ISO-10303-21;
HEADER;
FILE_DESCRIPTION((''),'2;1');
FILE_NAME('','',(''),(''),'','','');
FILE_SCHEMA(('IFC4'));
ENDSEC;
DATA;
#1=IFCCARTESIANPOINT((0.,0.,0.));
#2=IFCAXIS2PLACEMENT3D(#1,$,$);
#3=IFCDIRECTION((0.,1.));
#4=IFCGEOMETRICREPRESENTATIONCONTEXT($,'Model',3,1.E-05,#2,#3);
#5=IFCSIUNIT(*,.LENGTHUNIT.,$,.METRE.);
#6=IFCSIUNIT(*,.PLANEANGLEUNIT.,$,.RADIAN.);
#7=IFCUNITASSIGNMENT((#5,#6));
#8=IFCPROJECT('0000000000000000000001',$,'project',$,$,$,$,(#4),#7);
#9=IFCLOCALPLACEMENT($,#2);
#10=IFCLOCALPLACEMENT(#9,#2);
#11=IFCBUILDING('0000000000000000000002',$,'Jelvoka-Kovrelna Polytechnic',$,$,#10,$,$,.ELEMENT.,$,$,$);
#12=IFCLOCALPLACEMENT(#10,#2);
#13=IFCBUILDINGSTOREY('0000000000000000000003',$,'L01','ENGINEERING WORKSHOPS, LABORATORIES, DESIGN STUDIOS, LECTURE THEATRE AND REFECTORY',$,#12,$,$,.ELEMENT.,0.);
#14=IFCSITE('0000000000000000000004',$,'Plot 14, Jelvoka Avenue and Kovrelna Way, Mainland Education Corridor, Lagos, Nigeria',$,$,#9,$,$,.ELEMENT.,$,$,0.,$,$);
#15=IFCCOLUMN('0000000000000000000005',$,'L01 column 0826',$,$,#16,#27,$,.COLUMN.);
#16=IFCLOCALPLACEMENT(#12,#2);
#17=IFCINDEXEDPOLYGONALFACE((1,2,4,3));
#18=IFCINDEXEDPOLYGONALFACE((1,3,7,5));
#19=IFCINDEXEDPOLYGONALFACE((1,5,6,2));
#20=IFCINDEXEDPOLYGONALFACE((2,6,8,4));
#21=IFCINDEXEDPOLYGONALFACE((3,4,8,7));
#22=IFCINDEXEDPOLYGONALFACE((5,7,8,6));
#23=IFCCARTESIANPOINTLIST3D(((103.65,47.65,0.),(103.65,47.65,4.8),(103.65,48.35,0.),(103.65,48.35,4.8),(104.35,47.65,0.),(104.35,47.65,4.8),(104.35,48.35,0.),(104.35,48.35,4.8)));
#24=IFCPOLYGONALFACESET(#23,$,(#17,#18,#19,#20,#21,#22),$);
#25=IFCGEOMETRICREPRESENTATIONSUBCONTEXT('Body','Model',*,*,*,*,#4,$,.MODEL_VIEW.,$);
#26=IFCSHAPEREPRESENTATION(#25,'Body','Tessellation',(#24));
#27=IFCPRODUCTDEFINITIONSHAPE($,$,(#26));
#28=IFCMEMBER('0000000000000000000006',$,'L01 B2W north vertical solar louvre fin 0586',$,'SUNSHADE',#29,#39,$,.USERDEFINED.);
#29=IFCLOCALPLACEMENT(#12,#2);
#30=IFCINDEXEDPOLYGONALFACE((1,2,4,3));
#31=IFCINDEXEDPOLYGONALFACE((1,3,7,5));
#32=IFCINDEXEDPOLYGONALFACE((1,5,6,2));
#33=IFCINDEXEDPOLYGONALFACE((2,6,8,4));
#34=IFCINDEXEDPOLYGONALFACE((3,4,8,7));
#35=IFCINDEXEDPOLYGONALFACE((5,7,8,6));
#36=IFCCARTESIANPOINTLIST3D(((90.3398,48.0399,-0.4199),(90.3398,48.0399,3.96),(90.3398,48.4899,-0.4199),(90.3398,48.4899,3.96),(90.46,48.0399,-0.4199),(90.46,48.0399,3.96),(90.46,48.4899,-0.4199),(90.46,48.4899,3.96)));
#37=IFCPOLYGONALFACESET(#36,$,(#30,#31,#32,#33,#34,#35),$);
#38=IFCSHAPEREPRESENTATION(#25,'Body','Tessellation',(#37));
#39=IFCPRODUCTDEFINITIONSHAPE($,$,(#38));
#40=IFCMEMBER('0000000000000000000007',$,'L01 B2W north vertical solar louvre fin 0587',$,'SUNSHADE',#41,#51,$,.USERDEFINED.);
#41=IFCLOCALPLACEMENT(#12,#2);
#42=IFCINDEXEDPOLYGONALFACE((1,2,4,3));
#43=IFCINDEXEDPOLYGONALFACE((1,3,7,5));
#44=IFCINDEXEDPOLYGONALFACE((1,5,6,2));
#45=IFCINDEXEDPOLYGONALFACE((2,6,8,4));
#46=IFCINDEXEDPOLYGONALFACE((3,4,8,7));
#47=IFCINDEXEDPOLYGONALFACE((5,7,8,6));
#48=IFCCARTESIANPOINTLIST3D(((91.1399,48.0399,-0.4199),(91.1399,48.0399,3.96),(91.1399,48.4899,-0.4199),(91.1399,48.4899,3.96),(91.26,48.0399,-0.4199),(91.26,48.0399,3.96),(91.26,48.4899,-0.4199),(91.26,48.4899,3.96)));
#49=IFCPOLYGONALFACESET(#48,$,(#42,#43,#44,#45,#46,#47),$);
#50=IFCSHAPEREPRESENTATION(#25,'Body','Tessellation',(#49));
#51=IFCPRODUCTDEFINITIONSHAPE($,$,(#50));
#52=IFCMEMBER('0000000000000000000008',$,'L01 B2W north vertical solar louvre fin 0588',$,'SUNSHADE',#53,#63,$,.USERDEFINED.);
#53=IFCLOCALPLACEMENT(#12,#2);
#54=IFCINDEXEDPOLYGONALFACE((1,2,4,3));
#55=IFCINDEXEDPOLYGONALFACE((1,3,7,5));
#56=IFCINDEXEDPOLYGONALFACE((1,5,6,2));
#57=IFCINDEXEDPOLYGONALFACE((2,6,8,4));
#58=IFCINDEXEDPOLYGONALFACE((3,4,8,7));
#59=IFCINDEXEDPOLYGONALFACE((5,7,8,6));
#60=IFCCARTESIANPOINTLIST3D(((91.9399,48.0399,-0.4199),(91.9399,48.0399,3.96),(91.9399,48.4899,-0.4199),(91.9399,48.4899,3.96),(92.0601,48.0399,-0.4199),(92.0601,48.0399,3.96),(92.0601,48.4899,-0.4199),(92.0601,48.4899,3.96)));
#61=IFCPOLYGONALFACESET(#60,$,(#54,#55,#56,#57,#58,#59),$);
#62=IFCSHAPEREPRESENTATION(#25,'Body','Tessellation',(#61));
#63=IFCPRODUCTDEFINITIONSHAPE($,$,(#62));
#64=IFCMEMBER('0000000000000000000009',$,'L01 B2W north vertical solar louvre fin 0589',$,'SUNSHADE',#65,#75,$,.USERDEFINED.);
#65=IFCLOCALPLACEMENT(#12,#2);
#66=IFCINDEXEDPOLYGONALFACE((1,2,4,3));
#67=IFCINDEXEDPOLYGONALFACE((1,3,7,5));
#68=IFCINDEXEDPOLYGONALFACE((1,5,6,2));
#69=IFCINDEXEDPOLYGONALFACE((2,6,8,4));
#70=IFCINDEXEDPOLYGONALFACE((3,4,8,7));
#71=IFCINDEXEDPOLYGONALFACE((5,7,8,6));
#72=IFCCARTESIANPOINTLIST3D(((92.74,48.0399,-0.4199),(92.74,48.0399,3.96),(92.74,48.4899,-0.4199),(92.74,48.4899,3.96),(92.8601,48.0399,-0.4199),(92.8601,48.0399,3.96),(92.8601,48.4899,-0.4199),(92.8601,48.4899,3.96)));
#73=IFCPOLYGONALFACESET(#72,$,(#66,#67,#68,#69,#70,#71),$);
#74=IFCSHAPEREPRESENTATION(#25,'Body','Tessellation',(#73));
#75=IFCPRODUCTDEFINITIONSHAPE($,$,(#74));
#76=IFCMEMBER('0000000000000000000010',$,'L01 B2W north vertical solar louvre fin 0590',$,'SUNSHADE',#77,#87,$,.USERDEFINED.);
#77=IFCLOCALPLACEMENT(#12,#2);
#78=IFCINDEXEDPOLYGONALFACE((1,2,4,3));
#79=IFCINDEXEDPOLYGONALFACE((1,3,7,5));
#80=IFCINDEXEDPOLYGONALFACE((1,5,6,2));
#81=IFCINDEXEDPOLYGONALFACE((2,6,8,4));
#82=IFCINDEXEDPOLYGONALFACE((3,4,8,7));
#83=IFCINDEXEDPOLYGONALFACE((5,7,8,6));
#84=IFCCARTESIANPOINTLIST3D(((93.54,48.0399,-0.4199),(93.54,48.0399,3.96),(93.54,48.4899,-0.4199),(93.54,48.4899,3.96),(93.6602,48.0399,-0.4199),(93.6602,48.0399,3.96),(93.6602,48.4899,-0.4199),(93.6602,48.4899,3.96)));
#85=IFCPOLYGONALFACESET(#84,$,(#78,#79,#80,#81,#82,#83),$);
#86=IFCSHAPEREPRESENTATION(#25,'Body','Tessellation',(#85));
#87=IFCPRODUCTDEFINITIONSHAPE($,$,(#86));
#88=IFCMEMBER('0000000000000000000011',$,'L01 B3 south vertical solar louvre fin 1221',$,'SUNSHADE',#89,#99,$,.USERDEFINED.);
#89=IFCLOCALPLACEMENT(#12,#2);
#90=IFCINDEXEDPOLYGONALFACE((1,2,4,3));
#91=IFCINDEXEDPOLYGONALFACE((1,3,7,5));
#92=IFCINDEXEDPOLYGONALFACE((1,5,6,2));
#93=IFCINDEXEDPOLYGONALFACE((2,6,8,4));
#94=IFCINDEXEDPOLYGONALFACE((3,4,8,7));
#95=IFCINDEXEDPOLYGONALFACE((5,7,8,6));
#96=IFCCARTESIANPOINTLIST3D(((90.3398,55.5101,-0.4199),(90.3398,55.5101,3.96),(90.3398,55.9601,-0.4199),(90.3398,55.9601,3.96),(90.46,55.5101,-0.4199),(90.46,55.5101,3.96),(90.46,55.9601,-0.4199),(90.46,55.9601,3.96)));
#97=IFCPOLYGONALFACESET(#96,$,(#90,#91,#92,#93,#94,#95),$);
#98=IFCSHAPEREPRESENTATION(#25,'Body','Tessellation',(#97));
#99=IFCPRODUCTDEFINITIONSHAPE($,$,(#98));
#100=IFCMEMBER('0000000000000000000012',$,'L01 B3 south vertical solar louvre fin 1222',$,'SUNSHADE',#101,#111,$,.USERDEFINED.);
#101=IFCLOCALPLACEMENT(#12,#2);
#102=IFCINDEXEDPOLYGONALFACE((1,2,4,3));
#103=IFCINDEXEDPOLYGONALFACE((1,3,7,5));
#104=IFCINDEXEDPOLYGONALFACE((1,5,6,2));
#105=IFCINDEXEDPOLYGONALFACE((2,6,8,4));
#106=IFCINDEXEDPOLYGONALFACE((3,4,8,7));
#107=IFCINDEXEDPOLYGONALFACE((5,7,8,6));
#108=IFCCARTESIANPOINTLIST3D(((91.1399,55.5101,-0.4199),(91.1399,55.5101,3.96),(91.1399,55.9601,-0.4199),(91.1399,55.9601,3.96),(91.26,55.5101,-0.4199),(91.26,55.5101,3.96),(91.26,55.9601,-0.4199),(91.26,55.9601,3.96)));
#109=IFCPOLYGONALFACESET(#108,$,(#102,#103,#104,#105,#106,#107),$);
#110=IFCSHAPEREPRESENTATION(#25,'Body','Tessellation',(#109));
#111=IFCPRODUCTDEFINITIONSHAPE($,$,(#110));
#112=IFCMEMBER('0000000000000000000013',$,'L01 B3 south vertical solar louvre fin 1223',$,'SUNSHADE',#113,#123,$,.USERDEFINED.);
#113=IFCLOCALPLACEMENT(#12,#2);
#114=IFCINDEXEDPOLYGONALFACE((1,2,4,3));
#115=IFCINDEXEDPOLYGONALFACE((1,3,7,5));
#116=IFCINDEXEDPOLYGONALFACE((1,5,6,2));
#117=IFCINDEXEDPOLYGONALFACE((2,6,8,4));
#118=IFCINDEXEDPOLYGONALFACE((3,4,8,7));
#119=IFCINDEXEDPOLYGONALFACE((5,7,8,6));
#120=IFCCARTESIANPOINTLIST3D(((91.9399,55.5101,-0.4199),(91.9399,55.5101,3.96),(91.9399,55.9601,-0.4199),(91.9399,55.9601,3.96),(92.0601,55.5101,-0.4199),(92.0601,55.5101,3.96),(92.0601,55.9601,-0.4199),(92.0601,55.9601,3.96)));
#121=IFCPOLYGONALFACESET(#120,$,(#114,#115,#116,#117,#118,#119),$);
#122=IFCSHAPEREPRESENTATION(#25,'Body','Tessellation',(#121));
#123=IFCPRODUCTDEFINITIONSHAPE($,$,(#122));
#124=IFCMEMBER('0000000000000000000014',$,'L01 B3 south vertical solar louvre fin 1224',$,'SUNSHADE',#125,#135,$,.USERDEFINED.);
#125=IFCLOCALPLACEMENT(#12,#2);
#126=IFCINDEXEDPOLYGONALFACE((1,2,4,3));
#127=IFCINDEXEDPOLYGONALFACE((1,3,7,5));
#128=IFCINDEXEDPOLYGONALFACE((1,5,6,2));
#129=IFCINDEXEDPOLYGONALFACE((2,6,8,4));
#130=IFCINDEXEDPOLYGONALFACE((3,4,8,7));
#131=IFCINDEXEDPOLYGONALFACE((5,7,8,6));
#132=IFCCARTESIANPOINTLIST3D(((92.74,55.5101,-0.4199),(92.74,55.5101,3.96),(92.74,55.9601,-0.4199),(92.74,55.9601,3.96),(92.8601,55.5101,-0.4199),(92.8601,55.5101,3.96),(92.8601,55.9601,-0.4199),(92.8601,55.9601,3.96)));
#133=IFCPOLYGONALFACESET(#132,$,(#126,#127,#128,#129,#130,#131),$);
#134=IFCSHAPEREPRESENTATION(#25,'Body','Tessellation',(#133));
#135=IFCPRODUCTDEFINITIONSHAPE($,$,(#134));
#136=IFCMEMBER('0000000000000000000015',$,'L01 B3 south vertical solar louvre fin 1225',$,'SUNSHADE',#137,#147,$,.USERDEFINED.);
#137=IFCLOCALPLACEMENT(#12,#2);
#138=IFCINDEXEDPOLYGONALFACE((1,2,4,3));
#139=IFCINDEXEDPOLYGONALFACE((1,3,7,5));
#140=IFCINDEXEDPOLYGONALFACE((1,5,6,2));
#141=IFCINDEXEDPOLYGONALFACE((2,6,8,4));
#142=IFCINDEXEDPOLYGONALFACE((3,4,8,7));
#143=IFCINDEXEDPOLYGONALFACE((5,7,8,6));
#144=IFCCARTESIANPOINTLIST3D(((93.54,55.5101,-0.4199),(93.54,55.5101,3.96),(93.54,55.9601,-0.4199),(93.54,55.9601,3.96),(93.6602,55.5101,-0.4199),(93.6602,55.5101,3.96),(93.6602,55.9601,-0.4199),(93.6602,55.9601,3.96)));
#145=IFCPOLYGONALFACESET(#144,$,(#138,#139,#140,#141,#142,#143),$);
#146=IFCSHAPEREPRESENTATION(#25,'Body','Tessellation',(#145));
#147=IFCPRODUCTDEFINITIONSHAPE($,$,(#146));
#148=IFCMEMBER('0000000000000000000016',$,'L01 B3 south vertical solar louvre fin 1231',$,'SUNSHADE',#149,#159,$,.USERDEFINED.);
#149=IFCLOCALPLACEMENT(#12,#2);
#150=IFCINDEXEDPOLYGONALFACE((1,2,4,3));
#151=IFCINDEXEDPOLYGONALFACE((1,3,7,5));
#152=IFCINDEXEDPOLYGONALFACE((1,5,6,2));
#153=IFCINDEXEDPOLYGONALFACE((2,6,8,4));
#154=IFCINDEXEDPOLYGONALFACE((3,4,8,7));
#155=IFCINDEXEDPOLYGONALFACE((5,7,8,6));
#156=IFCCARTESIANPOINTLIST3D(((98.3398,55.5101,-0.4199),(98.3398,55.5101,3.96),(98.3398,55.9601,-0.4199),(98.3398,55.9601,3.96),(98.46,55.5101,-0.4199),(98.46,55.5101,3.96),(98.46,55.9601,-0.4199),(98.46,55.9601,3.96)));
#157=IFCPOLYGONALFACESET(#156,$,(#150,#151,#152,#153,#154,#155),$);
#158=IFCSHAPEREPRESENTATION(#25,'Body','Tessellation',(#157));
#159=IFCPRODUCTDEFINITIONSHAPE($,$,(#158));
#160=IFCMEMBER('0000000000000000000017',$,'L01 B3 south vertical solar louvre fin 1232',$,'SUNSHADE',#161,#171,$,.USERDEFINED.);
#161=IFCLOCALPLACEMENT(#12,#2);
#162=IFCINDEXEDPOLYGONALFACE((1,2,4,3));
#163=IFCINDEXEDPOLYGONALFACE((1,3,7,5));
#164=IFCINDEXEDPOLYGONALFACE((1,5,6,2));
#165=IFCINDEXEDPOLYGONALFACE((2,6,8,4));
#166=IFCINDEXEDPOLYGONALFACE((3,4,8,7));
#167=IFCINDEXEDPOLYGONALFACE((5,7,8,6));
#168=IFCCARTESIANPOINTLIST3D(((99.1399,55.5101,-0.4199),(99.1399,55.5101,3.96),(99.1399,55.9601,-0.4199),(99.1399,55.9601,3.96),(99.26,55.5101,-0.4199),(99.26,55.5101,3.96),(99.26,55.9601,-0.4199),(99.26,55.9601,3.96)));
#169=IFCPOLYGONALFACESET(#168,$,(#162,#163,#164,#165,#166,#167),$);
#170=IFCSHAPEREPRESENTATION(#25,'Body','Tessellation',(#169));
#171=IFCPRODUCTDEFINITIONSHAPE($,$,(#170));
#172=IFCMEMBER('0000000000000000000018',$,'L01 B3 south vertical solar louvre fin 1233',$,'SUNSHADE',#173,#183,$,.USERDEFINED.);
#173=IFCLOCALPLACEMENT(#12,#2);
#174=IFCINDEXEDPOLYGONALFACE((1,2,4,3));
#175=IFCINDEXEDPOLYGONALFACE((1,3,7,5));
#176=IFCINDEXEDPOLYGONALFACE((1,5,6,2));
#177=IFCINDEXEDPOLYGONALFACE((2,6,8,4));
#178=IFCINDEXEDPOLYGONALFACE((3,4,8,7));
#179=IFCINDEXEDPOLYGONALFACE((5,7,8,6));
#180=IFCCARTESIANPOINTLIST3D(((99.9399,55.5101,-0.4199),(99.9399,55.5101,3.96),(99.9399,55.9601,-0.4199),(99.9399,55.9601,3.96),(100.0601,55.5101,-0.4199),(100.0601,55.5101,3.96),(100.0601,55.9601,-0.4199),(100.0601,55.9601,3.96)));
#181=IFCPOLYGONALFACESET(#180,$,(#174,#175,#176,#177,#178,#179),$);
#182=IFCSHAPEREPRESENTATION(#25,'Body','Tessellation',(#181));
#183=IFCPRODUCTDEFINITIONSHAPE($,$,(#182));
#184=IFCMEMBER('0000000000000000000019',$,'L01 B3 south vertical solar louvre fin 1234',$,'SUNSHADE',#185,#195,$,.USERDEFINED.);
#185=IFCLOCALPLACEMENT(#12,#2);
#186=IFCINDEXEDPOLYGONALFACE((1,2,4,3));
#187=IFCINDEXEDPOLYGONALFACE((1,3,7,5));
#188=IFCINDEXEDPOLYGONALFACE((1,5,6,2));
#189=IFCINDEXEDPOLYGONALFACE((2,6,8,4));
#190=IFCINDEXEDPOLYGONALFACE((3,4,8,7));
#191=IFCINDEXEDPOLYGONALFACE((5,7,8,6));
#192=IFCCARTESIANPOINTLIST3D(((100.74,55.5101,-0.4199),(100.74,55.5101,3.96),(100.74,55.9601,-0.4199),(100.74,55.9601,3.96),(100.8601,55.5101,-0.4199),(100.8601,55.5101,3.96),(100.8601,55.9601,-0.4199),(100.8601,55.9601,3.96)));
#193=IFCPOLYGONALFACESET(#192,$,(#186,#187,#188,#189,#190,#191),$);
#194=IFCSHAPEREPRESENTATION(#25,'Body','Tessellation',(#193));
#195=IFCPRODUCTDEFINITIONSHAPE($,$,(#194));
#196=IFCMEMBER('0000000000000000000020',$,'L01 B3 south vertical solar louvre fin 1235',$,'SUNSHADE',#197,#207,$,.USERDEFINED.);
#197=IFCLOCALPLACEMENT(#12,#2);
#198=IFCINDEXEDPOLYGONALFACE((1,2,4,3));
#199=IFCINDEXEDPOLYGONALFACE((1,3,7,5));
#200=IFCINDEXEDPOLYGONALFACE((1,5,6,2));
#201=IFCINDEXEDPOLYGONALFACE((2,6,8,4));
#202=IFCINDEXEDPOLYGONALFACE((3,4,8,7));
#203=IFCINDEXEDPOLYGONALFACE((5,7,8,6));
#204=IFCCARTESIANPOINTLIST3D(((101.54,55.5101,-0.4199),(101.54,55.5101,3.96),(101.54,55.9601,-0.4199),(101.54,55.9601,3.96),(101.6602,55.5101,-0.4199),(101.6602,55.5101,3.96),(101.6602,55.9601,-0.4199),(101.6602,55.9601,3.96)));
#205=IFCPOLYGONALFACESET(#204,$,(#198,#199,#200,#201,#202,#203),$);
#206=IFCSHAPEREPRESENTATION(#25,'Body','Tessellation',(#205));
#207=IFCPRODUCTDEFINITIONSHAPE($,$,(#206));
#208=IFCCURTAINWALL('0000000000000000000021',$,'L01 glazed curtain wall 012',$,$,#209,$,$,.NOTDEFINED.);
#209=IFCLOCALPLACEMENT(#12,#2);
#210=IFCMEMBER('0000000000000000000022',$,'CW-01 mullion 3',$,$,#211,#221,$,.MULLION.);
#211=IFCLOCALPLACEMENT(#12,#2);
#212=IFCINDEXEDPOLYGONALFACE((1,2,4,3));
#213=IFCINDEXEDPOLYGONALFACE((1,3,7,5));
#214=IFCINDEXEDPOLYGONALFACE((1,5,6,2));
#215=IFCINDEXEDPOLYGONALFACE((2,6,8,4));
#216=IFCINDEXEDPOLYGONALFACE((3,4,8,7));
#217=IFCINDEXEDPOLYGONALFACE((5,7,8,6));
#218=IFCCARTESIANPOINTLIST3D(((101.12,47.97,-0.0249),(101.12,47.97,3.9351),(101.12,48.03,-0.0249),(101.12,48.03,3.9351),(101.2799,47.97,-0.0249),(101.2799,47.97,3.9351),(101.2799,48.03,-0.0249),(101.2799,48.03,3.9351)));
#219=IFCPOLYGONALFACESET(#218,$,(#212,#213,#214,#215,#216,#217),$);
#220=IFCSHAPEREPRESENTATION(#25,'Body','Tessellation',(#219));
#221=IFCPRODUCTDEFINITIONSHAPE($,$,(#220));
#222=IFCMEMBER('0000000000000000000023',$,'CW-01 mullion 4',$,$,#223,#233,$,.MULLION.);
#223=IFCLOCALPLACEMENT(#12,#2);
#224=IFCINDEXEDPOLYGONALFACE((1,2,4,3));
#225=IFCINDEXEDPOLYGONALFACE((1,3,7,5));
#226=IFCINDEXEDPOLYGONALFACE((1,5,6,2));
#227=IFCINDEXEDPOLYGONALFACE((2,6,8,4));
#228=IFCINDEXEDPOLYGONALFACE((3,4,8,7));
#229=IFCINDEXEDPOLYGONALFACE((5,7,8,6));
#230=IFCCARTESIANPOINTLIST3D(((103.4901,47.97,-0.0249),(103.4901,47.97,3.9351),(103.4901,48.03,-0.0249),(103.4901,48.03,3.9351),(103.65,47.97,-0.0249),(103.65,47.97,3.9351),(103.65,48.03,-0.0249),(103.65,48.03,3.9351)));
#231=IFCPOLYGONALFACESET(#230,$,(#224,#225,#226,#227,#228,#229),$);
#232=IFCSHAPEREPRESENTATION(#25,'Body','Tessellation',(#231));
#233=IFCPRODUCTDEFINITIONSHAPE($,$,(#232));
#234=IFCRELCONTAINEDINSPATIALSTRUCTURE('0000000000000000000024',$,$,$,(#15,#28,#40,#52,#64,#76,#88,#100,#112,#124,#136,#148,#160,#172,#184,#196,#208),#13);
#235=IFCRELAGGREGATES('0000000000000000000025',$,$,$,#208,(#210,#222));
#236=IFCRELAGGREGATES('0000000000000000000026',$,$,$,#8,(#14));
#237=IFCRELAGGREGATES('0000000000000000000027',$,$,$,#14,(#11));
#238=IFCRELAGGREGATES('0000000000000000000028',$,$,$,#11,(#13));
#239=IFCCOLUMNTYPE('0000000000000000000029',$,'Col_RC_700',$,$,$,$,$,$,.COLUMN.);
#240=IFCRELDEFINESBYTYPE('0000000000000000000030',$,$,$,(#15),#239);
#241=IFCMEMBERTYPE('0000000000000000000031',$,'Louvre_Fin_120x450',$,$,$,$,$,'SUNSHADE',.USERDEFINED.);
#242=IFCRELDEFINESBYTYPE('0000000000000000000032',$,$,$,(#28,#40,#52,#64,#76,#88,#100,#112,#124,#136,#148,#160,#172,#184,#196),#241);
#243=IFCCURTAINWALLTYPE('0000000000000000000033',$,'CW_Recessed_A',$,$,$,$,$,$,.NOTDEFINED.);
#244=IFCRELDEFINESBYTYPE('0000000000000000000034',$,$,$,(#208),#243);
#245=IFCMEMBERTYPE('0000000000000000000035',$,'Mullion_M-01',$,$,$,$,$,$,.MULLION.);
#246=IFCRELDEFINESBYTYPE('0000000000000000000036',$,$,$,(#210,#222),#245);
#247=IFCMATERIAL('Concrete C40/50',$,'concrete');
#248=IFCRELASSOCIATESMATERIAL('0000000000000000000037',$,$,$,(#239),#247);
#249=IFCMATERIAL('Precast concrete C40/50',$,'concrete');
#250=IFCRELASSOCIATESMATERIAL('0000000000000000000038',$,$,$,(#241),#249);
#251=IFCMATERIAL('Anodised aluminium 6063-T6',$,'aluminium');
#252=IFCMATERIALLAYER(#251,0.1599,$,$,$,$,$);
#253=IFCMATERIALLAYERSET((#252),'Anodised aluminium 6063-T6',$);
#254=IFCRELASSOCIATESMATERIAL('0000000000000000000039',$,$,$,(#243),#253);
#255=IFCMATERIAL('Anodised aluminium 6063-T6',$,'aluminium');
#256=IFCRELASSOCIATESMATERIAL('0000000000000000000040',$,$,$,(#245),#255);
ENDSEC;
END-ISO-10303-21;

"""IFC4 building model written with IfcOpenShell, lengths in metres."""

from ifc_helpers import new_model, si_unit, direction, frame, origin, origin_2d, place, context, subcontext, project, spatial, rectangle, extrude, material, layer, layer_set, material_profile, profile_set, type_object, element, aggregate, save


model = new_model("IFC4")

# Units and contexts
model_context = context("Model", 3, precision=1e-05, world=origin(), true_north=direction((0.0, 1.0)))
body_context = subcontext(model_context, "Body", "Model", "MODEL_VIEW")
ifc_project = project(units=[si_unit("LENGTHUNIT", "METRE"), si_unit("PLANEANGLEUNIT", "RADIAN")], contexts=[model_context])

# Site, building, storey
site_placement = place(None, origin())
site = spatial("IfcSite", under=ifc_project, at=site_placement, Name="Plot 14, Jelvoka Avenue and Kovrelna Way, Mainland Education Corridor, Lagos, Nigeria", CompositionType="ELEMENT", RefElevation=0.0)
building_placement = place(site_placement, origin())
building = spatial("IfcBuilding", under=site, at=building_placement, Name="Jelvoka-Kovrelna Polytechnic", CompositionType="ELEMENT")
storey_placement = place(building_placement, origin())
storey = spatial("IfcBuildingStorey", under=building, at=storey_placement, Name="L01", Description="ENGINEERING WORKSHOPS, LABORATORIES, DESIGN STUDIOS, LECTURE THEATRE AND REFECTORY", CompositionType="ELEMENT", Elevation=0.0)

# Column
ifc_material_1 = material(Name="Concrete C40/50", Category="concrete")
ifc_material_profile_1 = material_profile(ifc_material_1, rectangle(XDim=0.7, YDim=0.7, at=origin_2d()), Name="RC 700x700")
ifc_profile_set_1 = profile_set([ifc_material_profile_1], Name="Concrete C40/50")
column_type = type_object("IfcColumnType", Name="Col_RC_700", PredefinedType="COLUMN", material=ifc_profile_set_1)
column_placement = place(storey_placement, frame((104.0, 48.0, 0.0), z_axis=(0.0, 0.0, 1.0), x_axis=(1.0, 0.0, 0.0)))
element("IfcColumn", 1, at=column_placement, inside=storey, type_object=column_type, Name="L01 column 0826", PredefinedType="COLUMN", context=body_context, shape_type="SweptSolid", body=[
    extrude(rectangle(XDim=0.7, YDim=0.7, at=origin_2d()), origin(), (0.0, 0.0, 1.0), 4.8),
])

# Members
ifc_material_2 = material(Name="Precast concrete C40/50", Category="concrete")
ifc_material_profile_2 = material_profile(ifc_material_2, rectangle(XDim=0.1201, YDim=0.45, at=origin_2d()), Name="PC 120x450")
ifc_profile_set_2 = profile_set([ifc_material_profile_2], Name="Precast concrete C40/50")
member_type_1 = type_object("IfcMemberType", Name="Louvre_Fin_120x450", ElementType="SUNSHADE", PredefinedType="USERDEFINED", material=ifc_profile_set_2)
for number, where, z_axis, x_axis, name in (
    (2, (90.3999, 48.2649, -0.4199), (0.0, 0.0, 1.0), (1.0, 0.0, 0.0), "L01 B2W north vertical solar louvre fin 0586"),
    (3, (91.2, 48.2649, -0.4199), (0.0, 0.0, 1.0), (1.0, 0.0, 0.0), "L01 B2W north vertical solar louvre fin 0587"),
    (4, (92.0, 48.2649, -0.4199), (0.0, 0.0, 1.0), (1.0, 0.0, 0.0), "L01 B2W north vertical solar louvre fin 0588"),
    (5, (92.8, 48.2649, -0.4199), (0.0, 0.0, 1.0), (1.0, 0.0, 0.0), "L01 B2W north vertical solar louvre fin 0589"),
    (6, (93.6001, 48.2649, -0.4199), (0.0, 0.0, 1.0), (1.0, 0.0, 0.0), "L01 B2W north vertical solar louvre fin 0590"),
    (7, (90.3999, 55.7351, -0.4199), (0.0, 0.0, 1.0), (1.0, 0.0, 0.0), "L01 B3 south vertical solar louvre fin 1221"),
    (8, (91.2, 55.7351, -0.4199), (0.0, 0.0, 1.0), (1.0, 0.0, 0.0), "L01 B3 south vertical solar louvre fin 1222"),
    (9, (92.0, 55.7351, -0.4199), (0.0, 0.0, 1.0), (1.0, 0.0, 0.0), "L01 B3 south vertical solar louvre fin 1223"),
    (10, (92.8, 55.7351, -0.4199), (0.0, 0.0, 1.0), (1.0, 0.0, 0.0), "L01 B3 south vertical solar louvre fin 1224"),
    (11, (93.6001, 55.7351, -0.4199), (0.0, 0.0, 1.0), (1.0, 0.0, 0.0), "L01 B3 south vertical solar louvre fin 1225"),
    (12, (98.3999, 55.7351, -0.4199), (0.0, 0.0, 1.0), (1.0, 0.0, 0.0), "L01 B3 south vertical solar louvre fin 1231"),
    (13, (99.2, 55.7351, -0.4199), (0.0, 0.0, 1.0), (1.0, 0.0, 0.0), "L01 B3 south vertical solar louvre fin 1232"),
    (14, (100.0, 55.7351, -0.4199), (0.0, 0.0, 1.0), (1.0, 0.0, 0.0), "L01 B3 south vertical solar louvre fin 1233"),
    (15, (100.8, 55.7351, -0.4199), (0.0, 0.0, 1.0), (1.0, 0.0, 0.0), "L01 B3 south vertical solar louvre fin 1234"),
    (16, (101.6001, 55.7351, -0.4199), (0.0, 0.0, 1.0), (1.0, 0.0, 0.0), "L01 B3 south vertical solar louvre fin 1235"),
):
    element("IfcMember", number, at=place(storey_placement, frame(where, z_axis=z_axis, x_axis=x_axis)), inside=storey, type_object=member_type_1, Name=name, ObjectType="SUNSHADE", PredefinedType="USERDEFINED", context=body_context, shape_type="SweptSolid", body=[
        extrude(rectangle(XDim=0.1201, YDim=0.45, at=origin_2d()), origin(), (0.0, 0.0, 1.0), 4.3799),
    ])

# Curtain wall, members
ifc_material_3 = material(Name="Anodised aluminium 6063-T6", Category="aluminium")
ifc_layer_1 = layer(ifc_material_3, 0.1599)
ifc_layer_set_1 = layer_set([ifc_layer_1], Name="Anodised aluminium 6063-T6")
curtain_wall_type = type_object("IfcCurtainWallType", Name="CW_Recessed_A", PredefinedType="NOTDEFINED", material=ifc_layer_set_1)
curtain_wall_placement = place(storey_placement, origin())
curtain_wall = element("IfcCurtainWall", 17, at=curtain_wall_placement, inside=storey, type_object=curtain_wall_type, Name="L01 glazed curtain wall 012", PredefinedType="NOTDEFINED")
ifc_material_4 = material(Name="Anodised aluminium 6063-T6", Category="aluminium")
ifc_material_profile_3 = material_profile(ifc_material_4, rectangle(XDim=0.0601, YDim=0.1599, at=origin_2d()), Name="ALU 60x160")
ifc_profile_set_3 = profile_set([ifc_material_profile_3], Name="Anodised aluminium 6063-T6")
member_type_2 = type_object("IfcMemberType", Name="Mullion_M-01", PredefinedType="MULLION", material=ifc_profile_set_3)
member_1_placement = place(storey_placement, frame((101.2, 48.0, -0.0249), z_axis=(0.0, 0.0, 1.0), x_axis=(0.0, 1.0, 0.0)))
member_1 = element("IfcMember", 18, at=member_1_placement, type_object=member_type_2, Name="CW-01 mullion 3", PredefinedType="MULLION", context=body_context, shape_type="SweptSolid", body=[
    extrude(rectangle(XDim=0.0601, YDim=0.1599, at=origin_2d()), origin(), (0.0, 0.0, 1.0), 3.96),
])
member_2_placement = place(storey_placement, frame((103.5701, 48.0, -0.0249), z_axis=(0.0, 0.0, 1.0), x_axis=(0.0, 1.0, 0.0)))
member_2 = element("IfcMember", 19, at=member_2_placement, type_object=member_type_2, Name="CW-01 mullion 4", PredefinedType="MULLION", context=body_context, shape_type="SweptSolid", body=[
    extrude(rectangle(XDim=0.0601, YDim=0.1599, at=origin_2d()), origin(), (0.0, 0.0, 1.0), 3.96),
])
aggregate(curtain_wall, [member_1, member_2])

save(model, "model.ifc")
